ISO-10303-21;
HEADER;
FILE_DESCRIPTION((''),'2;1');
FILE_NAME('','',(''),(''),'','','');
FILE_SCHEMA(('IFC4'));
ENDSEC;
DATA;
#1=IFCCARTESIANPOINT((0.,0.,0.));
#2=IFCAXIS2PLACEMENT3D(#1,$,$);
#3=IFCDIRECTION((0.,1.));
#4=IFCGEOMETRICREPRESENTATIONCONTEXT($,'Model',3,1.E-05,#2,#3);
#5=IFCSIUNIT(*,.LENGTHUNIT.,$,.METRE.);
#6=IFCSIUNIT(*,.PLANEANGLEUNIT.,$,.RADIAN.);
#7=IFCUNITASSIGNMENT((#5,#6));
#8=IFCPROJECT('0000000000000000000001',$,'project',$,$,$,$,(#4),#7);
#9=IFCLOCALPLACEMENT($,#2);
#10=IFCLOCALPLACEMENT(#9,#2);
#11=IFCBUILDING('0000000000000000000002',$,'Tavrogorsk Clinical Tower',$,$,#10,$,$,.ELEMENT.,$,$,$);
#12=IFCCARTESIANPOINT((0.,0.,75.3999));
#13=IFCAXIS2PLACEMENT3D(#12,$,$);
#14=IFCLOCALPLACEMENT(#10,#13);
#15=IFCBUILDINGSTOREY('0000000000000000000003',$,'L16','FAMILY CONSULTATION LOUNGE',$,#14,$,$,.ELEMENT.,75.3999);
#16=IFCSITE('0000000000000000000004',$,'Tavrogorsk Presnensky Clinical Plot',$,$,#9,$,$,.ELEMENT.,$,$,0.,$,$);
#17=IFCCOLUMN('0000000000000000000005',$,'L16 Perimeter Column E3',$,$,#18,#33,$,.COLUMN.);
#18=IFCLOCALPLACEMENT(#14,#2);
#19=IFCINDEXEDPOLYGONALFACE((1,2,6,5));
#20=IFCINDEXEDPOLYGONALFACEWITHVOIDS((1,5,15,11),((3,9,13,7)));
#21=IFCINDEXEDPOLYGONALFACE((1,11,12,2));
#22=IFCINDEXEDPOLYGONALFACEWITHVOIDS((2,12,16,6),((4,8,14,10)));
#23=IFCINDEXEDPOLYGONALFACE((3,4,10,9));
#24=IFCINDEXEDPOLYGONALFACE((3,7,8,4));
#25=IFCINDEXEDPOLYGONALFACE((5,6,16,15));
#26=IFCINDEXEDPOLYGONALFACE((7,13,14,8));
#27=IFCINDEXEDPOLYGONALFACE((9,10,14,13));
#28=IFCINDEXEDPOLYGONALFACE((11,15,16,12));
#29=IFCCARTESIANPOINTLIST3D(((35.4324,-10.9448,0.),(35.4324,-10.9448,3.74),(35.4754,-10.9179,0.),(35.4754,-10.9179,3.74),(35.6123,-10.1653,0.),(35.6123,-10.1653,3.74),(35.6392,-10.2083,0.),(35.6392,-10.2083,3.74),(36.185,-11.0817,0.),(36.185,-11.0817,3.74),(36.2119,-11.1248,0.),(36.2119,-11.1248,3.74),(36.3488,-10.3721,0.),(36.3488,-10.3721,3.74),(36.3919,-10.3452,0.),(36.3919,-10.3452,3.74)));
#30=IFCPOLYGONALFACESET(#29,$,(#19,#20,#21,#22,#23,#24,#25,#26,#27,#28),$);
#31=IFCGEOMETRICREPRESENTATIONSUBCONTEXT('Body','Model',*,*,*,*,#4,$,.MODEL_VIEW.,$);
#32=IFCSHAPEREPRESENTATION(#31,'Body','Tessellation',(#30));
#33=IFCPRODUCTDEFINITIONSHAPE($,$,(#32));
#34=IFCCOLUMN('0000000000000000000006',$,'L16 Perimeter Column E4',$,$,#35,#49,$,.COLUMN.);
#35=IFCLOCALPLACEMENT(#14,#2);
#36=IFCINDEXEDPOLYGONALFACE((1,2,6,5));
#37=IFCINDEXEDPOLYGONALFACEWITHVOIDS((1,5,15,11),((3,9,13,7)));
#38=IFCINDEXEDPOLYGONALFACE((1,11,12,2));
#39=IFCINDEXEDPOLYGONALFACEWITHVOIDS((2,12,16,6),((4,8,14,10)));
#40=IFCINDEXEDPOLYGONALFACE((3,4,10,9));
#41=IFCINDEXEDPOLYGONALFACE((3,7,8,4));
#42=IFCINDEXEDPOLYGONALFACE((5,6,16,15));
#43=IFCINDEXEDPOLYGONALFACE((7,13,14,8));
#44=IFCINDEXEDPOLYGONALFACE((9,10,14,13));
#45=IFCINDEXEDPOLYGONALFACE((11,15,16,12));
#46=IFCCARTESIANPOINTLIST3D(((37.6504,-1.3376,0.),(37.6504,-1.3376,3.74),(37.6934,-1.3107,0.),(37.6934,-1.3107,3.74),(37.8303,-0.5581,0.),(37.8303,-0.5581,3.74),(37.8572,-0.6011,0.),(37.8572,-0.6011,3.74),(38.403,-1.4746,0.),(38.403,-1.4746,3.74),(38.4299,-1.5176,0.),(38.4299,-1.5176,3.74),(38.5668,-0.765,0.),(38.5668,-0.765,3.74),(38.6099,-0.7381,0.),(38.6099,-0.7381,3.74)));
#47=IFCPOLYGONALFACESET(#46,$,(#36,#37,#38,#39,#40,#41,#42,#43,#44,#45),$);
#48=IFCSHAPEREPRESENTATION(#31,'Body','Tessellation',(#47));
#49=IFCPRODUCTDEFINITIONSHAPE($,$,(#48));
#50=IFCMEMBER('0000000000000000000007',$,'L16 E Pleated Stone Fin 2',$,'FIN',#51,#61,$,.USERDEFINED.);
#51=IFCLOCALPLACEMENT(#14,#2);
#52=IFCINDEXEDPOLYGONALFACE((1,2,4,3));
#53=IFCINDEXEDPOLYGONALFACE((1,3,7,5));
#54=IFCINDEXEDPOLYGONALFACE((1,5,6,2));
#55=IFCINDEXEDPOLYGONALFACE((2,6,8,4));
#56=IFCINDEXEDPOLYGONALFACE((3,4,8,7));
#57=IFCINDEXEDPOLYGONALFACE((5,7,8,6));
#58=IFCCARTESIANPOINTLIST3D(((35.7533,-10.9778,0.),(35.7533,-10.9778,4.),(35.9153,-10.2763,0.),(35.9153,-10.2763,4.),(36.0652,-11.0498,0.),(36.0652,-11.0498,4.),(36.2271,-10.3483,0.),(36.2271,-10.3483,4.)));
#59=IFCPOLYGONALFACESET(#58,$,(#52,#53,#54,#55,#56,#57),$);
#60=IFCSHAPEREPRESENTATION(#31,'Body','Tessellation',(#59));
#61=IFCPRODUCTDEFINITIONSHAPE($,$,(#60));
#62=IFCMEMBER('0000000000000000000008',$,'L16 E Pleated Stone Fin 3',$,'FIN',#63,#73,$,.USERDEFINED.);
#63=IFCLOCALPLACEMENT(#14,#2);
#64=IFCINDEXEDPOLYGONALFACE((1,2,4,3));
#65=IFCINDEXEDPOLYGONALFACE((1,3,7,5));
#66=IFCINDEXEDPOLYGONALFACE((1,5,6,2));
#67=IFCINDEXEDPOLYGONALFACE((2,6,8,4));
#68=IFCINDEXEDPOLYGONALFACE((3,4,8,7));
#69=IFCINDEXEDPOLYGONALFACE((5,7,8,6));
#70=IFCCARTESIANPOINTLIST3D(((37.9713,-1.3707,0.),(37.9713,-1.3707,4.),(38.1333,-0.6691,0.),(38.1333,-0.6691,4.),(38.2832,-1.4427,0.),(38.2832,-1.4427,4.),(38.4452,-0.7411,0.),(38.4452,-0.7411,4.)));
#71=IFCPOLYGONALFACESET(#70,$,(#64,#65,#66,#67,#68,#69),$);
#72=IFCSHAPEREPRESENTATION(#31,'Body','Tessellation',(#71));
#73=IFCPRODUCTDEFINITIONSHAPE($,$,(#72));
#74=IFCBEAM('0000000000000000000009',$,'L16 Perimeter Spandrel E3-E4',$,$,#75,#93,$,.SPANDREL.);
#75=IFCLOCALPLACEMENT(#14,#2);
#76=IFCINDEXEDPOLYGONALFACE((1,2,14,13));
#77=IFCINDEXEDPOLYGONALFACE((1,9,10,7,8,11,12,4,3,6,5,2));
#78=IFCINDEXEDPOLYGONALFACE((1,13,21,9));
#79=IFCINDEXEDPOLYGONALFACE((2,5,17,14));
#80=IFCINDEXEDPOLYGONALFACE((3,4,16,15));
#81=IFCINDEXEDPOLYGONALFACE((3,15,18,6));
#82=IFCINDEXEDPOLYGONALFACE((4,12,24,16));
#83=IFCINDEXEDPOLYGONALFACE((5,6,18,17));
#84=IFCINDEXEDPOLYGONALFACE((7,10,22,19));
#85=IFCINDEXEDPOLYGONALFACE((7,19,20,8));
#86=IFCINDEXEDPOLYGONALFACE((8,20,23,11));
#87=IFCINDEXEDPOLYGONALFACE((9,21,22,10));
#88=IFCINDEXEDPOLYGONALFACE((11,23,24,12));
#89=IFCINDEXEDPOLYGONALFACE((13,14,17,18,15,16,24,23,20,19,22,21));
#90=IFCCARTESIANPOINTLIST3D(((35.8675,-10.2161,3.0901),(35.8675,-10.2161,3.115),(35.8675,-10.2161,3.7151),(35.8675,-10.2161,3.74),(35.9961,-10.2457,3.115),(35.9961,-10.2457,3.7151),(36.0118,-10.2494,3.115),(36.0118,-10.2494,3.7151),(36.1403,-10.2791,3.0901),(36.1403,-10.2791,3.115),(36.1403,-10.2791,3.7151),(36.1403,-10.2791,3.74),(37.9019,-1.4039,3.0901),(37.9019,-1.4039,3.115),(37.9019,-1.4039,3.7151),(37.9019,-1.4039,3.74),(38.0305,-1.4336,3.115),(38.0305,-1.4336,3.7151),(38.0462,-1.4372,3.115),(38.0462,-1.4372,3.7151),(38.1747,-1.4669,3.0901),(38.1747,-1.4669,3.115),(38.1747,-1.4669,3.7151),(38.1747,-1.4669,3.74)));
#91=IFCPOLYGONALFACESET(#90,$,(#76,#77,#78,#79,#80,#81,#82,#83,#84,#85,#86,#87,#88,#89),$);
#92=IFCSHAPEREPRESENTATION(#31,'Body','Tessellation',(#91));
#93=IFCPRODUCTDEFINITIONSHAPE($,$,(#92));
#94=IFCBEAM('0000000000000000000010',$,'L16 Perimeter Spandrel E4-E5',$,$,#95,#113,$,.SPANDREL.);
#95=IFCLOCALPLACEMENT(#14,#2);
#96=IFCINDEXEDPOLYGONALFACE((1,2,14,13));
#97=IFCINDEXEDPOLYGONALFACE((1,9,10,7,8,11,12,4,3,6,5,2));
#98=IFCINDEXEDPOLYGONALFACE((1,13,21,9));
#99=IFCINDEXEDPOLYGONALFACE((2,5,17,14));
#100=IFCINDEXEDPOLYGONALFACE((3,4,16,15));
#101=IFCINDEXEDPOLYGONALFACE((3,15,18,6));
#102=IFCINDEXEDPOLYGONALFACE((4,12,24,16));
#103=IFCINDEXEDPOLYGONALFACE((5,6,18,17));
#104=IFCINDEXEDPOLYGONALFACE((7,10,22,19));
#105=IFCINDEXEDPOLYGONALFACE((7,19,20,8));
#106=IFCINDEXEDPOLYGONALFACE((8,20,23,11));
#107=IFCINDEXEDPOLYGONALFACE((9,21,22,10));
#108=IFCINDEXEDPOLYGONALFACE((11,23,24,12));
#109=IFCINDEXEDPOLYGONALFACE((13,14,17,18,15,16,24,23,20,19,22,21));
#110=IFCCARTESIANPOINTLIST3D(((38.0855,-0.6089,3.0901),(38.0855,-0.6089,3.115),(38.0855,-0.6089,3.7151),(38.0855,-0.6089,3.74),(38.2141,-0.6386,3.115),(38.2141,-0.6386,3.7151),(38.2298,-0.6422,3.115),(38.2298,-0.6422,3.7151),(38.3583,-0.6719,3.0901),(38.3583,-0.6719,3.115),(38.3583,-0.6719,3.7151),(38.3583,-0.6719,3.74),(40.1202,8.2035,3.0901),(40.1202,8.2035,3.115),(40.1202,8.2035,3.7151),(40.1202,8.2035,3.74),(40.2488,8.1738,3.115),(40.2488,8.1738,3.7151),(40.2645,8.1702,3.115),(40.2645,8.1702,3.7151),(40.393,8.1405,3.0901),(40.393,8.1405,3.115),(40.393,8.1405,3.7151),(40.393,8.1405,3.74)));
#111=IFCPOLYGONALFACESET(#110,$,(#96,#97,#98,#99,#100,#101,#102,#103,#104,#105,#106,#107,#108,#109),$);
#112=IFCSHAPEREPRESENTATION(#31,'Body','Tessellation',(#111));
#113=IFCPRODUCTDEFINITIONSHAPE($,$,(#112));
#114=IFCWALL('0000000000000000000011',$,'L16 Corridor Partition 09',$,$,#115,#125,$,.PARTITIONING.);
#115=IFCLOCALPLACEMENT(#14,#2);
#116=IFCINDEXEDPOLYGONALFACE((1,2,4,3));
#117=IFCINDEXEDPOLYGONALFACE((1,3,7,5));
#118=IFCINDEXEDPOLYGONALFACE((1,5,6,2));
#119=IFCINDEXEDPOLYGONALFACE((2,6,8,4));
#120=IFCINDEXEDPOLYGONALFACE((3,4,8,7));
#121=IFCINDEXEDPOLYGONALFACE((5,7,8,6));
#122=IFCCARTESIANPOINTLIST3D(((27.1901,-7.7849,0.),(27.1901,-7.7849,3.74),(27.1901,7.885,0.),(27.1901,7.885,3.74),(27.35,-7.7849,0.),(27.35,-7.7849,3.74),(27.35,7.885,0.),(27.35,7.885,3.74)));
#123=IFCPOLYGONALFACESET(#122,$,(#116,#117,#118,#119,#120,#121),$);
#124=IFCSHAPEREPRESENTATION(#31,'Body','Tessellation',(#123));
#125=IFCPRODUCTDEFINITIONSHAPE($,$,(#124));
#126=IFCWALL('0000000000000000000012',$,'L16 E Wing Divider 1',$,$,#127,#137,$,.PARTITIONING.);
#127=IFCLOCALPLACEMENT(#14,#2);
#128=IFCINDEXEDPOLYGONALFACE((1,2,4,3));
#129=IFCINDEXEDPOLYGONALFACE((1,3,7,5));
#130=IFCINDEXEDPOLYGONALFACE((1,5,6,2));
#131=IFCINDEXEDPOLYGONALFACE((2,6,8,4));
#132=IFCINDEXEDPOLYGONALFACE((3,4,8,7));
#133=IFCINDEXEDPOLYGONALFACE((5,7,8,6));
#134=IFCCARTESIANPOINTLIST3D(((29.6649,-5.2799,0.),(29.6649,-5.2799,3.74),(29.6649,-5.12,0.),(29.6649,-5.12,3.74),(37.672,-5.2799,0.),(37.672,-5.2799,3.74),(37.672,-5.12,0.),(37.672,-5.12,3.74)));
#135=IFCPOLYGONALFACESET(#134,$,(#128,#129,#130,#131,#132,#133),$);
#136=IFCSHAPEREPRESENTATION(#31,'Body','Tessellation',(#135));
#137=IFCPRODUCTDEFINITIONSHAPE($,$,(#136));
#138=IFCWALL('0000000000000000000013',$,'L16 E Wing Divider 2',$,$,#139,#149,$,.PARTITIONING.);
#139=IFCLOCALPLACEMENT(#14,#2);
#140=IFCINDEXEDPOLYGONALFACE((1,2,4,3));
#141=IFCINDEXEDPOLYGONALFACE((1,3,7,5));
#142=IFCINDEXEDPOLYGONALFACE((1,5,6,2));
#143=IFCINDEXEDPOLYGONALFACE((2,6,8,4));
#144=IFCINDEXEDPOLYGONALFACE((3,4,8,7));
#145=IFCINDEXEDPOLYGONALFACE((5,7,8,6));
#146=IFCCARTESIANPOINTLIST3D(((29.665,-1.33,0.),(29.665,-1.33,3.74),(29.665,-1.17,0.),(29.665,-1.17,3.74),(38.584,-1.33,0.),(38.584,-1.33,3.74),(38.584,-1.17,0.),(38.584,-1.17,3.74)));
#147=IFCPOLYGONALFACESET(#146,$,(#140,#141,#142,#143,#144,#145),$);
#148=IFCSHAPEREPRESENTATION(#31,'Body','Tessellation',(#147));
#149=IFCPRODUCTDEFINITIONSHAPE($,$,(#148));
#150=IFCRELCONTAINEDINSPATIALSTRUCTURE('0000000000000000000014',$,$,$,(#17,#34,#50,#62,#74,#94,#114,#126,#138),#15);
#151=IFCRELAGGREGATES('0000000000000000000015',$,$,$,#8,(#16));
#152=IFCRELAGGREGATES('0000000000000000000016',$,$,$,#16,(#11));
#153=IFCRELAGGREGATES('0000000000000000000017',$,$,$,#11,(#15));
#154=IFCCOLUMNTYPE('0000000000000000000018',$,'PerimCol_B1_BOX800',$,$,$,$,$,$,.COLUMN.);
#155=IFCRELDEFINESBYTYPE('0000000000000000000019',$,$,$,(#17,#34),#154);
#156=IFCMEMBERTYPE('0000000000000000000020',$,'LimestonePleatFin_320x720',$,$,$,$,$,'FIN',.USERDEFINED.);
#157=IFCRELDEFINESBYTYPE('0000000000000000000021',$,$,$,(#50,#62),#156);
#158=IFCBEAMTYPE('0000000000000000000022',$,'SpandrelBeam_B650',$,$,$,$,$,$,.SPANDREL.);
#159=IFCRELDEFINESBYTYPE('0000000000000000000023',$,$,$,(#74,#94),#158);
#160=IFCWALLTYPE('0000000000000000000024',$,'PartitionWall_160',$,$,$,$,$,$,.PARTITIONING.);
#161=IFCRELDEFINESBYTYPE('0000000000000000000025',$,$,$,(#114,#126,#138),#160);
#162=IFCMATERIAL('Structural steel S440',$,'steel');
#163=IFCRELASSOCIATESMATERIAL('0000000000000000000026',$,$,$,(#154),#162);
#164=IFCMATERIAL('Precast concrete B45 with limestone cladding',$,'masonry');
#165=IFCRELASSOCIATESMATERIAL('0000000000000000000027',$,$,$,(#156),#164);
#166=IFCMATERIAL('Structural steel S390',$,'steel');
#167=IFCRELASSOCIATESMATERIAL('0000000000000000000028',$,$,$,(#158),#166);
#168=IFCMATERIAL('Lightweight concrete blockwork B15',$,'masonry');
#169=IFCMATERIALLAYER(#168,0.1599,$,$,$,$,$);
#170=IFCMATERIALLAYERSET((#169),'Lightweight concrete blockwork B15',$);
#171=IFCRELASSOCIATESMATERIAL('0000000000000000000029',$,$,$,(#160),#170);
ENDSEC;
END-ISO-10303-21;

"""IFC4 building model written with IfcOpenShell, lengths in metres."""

from ifc_helpers import new_model, si_unit, direction, frame, frame_2d, origin, origin_2d, place, context, subcontext, project, spatial, rectangle, hollow_rectangle, i_section, extrude, material, layer, layer_set, material_profile, profile_set, type_object, element, save


model = new_model("IFC4")

# Units and contexts
model_context = context("Model", 3, precision=1e-05, world=origin(), true_north=direction((0.0, 1.0)))
body_context = subcontext(model_context, "Body", "Model", "MODEL_VIEW")
ifc_project = project(units=[si_unit("LENGTHUNIT", "METRE"), si_unit("PLANEANGLEUNIT", "RADIAN")], contexts=[model_context])

# Site, building, storey
site_placement = place(None, origin())
site = spatial("IfcSite", under=ifc_project, at=site_placement, Name="Tavrogorsk Presnensky Clinical Plot", CompositionType="ELEMENT", RefElevation=0.0)
building_placement = place(site_placement, origin())
building = spatial("IfcBuilding", under=site, at=building_placement, Name="Tavrogorsk Clinical Tower", CompositionType="ELEMENT")
storey_placement = place(building_placement, frame((0.0, 0.0, 75.3999)))
storey = spatial("IfcBuildingStorey", under=building, at=storey_placement, Name="L16", Description="FAMILY CONSULTATION LOUNGE", CompositionType="ELEMENT", Elevation=75.3999)

# Columns
ifc_material_1 = material(Name="Structural steel S440", Category="steel")
ifc_material_profile_1 = material_profile(ifc_material_1, hollow_rectangle(XDim=0.8, YDim=0.8, WallThickness=0.0359, at=origin_2d()), Name="BOX-800x800x36")
ifc_profile_set_1 = profile_set([ifc_material_profile_1], Name="Structural steel S440")
column_type = type_object("IfcColumnType", Name="PerimCol_B1_BOX800", PredefinedType="COLUMN", material=ifc_profile_set_1)
for number, where, z_axis, x_axis, name in (
    (1, (35.9121, -10.645, 0.0), (0.0, 0.0, 1.0), (0.97437, -0.224951, 0.0), "L16 Perimeter Column E3"),
    (2, (38.1301, -1.0378, 0.0), (0.0, 0.0, 1.0), (0.97437, -0.224951, 0.0), "L16 Perimeter Column E4"),
):
    element("IfcColumn", number, at=place(storey_placement, frame(where, z_axis=z_axis, x_axis=x_axis)), inside=storey, type_object=column_type, Name=name, PredefinedType="COLUMN", context=body_context, shape_type="SweptSolid", body=[
        extrude(hollow_rectangle(XDim=0.8, YDim=0.8, WallThickness=0.0359, at=origin_2d()), origin(), (0.0, 0.0, 1.0), 3.74),
    ])

# Members
ifc_material_2 = material(Name="Precast concrete B45 with limestone cladding", Category="masonry")
ifc_material_profile_2 = material_profile(ifc_material_2, rectangle(XDim=0.3201, YDim=0.72, at=origin_2d()), Name="LIMESTONE-FIN-320x720")
ifc_profile_set_2 = profile_set([ifc_material_profile_2], Name="Precast concrete B45 with limestone cladding")
member_type = type_object("IfcMemberType", Name="LimestonePleatFin_320x720", ElementType="FIN", PredefinedType="USERDEFINED", material=ifc_profile_set_2)
for number, where, z_axis, x_axis, name in (
    (3, (35.9902, -10.6631, 0.0), (0.0, 0.0, 1.0), (0.97437, -0.224951, 0.0), "L16 E Pleated Stone Fin 2"),
    (4, (38.2083, -1.0559, 0.0), (0.0, 0.0, 1.0), (0.97437, -0.224951, 0.0), "L16 E Pleated Stone Fin 3"),
):
    element("IfcMember", number, at=place(storey_placement, frame(where, z_axis=z_axis, x_axis=x_axis)), inside=storey, type_object=member_type, Name=name, ObjectType="FIN", PredefinedType="USERDEFINED", context=body_context, shape_type="SweptSolid", body=[
        extrude(rectangle(XDim=0.3201, YDim=0.72, at=origin_2d()), origin(), (0.0, 0.0, 1.0), 4.0),
    ])

# Beams
ifc_material_3 = material(Name="Structural steel S390", Category="steel")
ifc_material_profile_3 = material_profile(ifc_material_3, i_section(OverallWidth=0.28, OverallDepth=0.6499, WebThickness=0.0161, FlangeThickness=0.0249, at=origin_2d()), Name="B-650x280x16x25")
ifc_profile_set_3 = profile_set([ifc_material_profile_3], Name="Structural steel S390")
beam_type = type_object("IfcBeamType", Name="SpandrelBeam_B650", PredefinedType="SPANDREL", material=ifc_profile_set_3)
beam_1_placement = place(storey_placement, frame((36.0039, -10.2476, 3.415), z_axis=(0.224946, 0.974371, 0.0), x_axis=(-0.974371, 0.224946, 0.0)))
element("IfcBeam", 5, at=beam_1_placement, inside=storey, type_object=beam_type, Name="L16 Perimeter Spandrel E3-E4", PredefinedType="SPANDREL", context=body_context, shape_type="SweptSolid", body=[
    extrude(i_section(OverallWidth=0.28, OverallDepth=0.6499, WebThickness=0.0161, FlangeThickness=0.0249, at=origin_2d()), origin(), (0.0, 0.0, 1.0), 9.0439),
])
beam_2_placement = place(storey_placement, frame((38.2219, -0.6404, 3.415), z_axis=(0.224972, 0.974365, 0.0), x_axis=(-0.974365, 0.224972, 0.0)))
element("IfcBeam", 6, at=beam_2_placement, inside=storey, type_object=beam_type, Name="L16 Perimeter Spandrel E4-E5", PredefinedType="SPANDREL", context=body_context, shape_type="SweptSolid", body=[
    extrude(i_section(OverallWidth=0.28, OverallDepth=0.6499, WebThickness=0.0161, FlangeThickness=0.0249, at=origin_2d()), origin(), (0.0, 0.0, 1.0), 9.0442),
])

# Shared definitions
ifc_material_4 = material(Name="Lightweight concrete blockwork B15", Category="masonry")
ifc_layer = layer(ifc_material_4, 0.1599)
ifc_layer_set = layer_set([ifc_layer], Name="Lightweight concrete blockwork B15")
wall_type = type_object("IfcWallType", Name="PartitionWall_160", PredefinedType="PARTITIONING", material=ifc_layer_set)

# Walls
wall_1_placement = place(storey_placement, frame((27.27, -7.7849, 0.0), z_axis=(0.0, 0.0, 1.0), x_axis=(0.0, 1.0, 0.0)))
element("IfcWall", 7, at=wall_1_placement, inside=storey, type_object=wall_type, Name="L16 Corridor Partition 09", PredefinedType="PARTITIONING", context=body_context, shape_type="SweptSolid", body=[
    extrude(rectangle(XDim=15.6699, YDim=0.1599, at=frame_2d((7.835, 0.0))), origin(), (0.0, 0.0, 1.0), 3.74),
])
wall_2_placement = place(storey_placement, frame((29.665, -5.2, 0.0), z_axis=(0.0, 0.0, 1.0), x_axis=(1.0, 0.0, 0.0)))
element("IfcWall", 8, at=wall_2_placement, inside=storey, type_object=wall_type, Name="L16 E Wing Divider 1", PredefinedType="PARTITIONING", context=body_context, shape_type="SweptSolid", body=[
    extrude(rectangle(XDim=8.0071, YDim=0.1599, at=frame_2d((4.0034, 0.0))), origin(), (0.0, 0.0, 1.0), 3.74),
])
wall_3_placement = place(storey_placement, frame((29.665, -1.25, 0.0), z_axis=(0.0, 0.0, 1.0), x_axis=(1.0, 0.0, 0.0)))
element("IfcWall", 9, at=wall_3_placement, inside=storey, type_object=wall_type, Name="L16 E Wing Divider 2", PredefinedType="PARTITIONING", context=body_context, shape_type="SweptSolid", body=[
    extrude(rectangle(XDim=8.9189, YDim=0.1599, at=frame_2d((4.4595, 0.0))), origin(), (0.0, 0.0, 1.0), 3.74),
])

save(model, "model.ifc")
